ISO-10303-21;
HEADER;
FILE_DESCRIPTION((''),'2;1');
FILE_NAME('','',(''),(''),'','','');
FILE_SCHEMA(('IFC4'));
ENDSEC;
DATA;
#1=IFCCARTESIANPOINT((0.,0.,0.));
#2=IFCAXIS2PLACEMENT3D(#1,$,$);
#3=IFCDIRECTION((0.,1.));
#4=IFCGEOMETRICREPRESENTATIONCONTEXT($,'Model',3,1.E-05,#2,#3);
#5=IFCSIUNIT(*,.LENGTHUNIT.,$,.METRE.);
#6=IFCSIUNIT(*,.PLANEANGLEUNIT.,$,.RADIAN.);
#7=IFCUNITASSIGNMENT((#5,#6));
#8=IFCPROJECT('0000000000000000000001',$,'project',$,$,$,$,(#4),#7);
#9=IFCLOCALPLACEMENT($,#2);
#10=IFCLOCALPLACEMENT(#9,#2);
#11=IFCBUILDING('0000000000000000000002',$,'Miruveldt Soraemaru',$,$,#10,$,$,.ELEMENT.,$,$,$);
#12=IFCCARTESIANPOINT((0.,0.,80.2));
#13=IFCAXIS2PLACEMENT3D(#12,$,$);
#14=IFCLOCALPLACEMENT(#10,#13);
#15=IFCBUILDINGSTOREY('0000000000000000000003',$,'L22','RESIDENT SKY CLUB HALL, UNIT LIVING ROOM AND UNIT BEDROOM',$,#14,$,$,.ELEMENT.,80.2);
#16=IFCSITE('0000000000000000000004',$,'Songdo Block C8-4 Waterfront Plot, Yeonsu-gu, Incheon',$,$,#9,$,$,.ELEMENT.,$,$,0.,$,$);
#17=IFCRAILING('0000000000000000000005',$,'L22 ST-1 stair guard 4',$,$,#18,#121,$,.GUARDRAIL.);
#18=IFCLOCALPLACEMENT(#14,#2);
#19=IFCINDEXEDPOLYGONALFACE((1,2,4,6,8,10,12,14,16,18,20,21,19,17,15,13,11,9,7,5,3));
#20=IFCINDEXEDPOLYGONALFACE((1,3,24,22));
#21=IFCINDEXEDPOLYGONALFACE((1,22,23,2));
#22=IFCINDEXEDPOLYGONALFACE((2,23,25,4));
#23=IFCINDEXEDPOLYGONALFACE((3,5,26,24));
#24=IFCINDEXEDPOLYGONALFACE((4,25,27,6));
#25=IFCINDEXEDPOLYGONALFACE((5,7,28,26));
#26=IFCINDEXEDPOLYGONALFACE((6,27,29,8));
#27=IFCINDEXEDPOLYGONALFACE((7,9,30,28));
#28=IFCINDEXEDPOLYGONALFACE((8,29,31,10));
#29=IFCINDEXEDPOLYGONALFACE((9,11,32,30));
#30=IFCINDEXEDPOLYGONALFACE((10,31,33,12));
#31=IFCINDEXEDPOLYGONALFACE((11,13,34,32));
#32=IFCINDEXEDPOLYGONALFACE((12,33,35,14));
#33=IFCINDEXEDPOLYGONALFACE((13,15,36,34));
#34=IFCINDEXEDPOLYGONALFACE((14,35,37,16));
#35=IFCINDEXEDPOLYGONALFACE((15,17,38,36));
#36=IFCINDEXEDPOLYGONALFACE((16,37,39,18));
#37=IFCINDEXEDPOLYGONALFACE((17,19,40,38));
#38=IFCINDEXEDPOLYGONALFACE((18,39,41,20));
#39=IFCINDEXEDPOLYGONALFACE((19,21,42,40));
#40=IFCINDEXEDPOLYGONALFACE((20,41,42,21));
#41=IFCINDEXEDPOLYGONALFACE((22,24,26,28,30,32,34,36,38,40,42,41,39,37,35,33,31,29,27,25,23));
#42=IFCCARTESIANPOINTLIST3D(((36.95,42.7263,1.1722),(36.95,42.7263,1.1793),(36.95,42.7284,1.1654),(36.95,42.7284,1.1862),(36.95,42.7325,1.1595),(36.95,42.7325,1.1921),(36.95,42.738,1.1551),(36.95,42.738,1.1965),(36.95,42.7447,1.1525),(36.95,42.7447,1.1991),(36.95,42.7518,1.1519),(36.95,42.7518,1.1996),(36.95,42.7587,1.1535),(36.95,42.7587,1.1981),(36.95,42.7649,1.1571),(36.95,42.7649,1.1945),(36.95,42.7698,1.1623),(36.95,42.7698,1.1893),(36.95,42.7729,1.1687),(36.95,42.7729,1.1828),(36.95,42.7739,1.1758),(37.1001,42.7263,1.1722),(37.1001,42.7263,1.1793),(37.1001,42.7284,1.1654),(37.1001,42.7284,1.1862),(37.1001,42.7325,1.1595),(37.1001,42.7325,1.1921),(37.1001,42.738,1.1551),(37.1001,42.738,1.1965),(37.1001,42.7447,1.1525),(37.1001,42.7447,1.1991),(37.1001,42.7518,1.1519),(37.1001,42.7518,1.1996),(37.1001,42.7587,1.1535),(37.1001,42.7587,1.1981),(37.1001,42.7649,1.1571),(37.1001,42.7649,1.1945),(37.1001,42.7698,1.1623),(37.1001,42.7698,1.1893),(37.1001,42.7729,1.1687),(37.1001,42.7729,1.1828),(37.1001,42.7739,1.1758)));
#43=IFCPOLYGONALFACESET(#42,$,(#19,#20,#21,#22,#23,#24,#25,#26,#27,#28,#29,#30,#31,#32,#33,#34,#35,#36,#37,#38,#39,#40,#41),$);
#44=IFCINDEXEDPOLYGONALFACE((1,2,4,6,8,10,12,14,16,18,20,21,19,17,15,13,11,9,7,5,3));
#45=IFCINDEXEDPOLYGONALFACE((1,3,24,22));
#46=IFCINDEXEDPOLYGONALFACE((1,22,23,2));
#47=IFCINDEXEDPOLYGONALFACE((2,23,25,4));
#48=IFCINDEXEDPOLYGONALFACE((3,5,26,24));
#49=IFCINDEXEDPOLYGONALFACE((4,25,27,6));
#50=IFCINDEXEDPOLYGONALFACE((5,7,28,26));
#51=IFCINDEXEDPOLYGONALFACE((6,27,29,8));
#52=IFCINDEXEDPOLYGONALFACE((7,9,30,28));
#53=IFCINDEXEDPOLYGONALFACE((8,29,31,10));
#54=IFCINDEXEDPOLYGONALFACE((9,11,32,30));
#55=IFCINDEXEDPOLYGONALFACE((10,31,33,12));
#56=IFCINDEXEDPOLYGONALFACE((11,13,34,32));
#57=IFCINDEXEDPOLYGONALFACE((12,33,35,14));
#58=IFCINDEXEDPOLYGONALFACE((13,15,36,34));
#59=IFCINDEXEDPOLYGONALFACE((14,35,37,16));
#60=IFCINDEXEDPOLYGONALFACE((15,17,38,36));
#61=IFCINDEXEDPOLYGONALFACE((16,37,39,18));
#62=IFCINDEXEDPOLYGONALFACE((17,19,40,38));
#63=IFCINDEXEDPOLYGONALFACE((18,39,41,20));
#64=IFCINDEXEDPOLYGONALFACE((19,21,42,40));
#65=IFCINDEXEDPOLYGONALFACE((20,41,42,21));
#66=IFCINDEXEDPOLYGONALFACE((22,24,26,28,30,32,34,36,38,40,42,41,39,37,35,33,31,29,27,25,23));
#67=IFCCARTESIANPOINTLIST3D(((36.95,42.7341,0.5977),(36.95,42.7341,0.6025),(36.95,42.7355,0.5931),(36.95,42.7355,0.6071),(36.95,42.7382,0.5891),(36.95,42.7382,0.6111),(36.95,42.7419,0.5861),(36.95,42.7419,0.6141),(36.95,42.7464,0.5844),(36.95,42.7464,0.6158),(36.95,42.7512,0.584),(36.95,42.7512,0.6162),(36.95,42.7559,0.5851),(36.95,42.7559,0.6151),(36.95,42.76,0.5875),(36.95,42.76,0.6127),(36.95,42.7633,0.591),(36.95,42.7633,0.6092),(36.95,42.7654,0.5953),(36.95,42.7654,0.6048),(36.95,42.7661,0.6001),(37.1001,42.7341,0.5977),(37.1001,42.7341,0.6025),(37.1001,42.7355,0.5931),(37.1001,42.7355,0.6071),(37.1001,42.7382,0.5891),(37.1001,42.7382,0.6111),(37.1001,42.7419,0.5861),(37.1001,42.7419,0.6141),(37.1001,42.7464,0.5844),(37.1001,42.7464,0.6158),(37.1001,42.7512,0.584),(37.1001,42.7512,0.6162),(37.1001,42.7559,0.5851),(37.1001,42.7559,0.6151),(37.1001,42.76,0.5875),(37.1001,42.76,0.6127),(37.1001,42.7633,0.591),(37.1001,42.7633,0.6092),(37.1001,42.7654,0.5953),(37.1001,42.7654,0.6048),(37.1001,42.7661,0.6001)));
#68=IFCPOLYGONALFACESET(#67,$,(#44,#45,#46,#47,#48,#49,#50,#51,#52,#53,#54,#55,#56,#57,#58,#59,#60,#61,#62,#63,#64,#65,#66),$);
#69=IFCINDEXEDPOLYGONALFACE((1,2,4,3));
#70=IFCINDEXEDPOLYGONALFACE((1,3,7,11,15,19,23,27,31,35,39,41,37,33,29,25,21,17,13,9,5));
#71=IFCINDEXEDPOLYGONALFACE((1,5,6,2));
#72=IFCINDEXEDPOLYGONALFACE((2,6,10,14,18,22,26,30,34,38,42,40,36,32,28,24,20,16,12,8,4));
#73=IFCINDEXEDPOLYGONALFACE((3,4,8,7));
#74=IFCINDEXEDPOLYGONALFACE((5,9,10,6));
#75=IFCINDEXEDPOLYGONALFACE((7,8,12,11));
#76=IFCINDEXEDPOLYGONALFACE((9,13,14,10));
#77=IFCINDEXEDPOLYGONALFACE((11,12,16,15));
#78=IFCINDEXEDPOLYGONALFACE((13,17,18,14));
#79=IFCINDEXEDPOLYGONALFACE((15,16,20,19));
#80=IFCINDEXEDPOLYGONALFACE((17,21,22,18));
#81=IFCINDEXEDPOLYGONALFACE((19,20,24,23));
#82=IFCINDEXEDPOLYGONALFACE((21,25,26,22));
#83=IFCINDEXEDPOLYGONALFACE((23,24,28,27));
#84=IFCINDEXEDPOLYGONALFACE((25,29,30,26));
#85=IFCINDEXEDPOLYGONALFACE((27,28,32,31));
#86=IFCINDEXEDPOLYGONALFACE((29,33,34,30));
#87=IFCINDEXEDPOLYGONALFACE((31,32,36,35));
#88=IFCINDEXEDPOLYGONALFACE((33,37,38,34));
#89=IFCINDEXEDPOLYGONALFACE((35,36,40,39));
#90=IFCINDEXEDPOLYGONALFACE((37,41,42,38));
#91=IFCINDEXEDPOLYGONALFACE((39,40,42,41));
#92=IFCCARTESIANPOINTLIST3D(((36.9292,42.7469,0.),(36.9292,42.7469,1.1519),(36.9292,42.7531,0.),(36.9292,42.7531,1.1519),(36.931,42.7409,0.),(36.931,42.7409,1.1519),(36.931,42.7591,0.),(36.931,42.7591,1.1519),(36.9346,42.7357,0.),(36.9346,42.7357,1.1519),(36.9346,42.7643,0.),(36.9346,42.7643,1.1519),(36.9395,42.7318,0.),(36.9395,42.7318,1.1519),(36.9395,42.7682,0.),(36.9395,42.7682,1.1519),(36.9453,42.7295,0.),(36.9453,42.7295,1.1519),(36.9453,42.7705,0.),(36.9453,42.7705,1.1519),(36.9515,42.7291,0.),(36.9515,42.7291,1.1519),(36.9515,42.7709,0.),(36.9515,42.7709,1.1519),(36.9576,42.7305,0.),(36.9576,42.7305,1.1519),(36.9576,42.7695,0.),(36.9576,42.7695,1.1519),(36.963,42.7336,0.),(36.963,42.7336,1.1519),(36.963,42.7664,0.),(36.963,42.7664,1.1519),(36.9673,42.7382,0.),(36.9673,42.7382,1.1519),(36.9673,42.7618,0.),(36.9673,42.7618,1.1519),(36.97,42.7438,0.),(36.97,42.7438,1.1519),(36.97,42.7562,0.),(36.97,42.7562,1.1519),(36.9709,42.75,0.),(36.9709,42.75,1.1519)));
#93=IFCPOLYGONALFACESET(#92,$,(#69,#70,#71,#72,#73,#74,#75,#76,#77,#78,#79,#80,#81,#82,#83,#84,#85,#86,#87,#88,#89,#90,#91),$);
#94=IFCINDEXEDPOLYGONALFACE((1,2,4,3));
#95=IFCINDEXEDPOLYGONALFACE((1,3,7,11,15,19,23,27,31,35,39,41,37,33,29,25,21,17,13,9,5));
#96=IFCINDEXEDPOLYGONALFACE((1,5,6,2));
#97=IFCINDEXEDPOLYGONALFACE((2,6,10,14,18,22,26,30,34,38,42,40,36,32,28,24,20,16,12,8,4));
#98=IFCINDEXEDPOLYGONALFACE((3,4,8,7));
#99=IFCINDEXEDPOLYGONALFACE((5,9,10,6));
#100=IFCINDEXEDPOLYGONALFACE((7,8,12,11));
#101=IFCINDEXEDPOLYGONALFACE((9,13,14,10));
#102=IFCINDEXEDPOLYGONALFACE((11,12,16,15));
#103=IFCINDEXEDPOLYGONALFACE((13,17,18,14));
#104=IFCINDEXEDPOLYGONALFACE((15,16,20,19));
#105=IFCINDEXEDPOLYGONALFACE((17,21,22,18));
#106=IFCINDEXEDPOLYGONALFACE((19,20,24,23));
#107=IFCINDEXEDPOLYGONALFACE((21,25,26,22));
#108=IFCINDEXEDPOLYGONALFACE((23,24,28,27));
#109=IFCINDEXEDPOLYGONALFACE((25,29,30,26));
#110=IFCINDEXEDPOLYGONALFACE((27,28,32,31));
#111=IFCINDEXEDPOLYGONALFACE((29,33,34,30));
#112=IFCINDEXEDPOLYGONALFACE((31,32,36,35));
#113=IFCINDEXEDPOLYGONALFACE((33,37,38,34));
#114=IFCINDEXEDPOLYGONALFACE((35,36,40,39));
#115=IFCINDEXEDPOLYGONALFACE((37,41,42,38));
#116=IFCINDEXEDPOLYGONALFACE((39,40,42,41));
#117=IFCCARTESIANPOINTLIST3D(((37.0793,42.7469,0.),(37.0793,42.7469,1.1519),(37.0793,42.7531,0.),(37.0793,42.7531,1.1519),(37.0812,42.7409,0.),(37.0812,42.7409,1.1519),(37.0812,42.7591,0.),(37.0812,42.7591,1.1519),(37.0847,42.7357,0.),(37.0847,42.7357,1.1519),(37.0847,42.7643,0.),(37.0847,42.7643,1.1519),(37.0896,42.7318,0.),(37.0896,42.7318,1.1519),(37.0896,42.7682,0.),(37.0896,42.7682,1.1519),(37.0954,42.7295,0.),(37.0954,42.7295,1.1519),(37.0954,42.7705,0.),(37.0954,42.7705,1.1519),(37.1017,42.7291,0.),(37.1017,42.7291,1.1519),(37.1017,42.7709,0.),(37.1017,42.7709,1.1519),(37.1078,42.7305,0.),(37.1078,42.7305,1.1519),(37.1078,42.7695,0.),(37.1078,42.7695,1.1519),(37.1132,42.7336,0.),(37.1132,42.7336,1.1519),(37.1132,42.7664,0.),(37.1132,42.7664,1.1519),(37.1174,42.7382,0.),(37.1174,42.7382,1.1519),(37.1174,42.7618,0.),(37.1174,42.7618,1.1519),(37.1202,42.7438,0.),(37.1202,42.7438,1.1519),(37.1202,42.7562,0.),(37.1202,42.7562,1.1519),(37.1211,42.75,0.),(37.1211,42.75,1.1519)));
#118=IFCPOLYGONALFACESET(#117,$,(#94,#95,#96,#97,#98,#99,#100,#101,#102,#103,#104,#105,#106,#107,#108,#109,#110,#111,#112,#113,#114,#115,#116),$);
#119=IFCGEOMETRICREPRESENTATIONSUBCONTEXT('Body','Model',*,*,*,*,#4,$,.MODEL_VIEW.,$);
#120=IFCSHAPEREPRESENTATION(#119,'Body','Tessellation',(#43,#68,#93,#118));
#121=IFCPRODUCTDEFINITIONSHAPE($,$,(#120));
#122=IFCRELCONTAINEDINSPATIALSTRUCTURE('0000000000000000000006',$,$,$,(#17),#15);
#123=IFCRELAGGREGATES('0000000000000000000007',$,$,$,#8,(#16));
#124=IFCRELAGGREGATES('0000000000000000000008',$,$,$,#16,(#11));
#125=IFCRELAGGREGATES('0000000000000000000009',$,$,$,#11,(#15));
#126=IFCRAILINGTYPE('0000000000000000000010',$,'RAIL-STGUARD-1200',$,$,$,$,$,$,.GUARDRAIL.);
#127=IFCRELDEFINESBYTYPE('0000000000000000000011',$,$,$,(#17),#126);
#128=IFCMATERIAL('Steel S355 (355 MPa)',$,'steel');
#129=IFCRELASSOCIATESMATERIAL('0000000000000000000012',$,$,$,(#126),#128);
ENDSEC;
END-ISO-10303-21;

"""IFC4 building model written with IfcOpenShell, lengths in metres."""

from ifc_helpers import new_model, si_unit, direction, frame, origin, origin_2d, place, context, subcontext, project, spatial, circle, extrude, material, type_object, element, save


model = new_model("IFC4")

# Units and contexts
model_context = context("Model", 3, precision=1e-05, world=origin(), true_north=direction((0.0, 1.0)))
body_context = subcontext(model_context, "Body", "Model", "MODEL_VIEW")
ifc_project = project(units=[si_unit("LENGTHUNIT", "METRE"), si_unit("PLANEANGLEUNIT", "RADIAN")], contexts=[model_context])

# Site, building, storey
site_placement = place(None, origin())
site = spatial("IfcSite", under=ifc_project, at=site_placement, Name="Songdo Block C8-4 Waterfront Plot, Yeonsu-gu, Incheon", CompositionType="ELEMENT", RefElevation=0.0)
building_placement = place(site_placement, origin())
building = spatial("IfcBuilding", under=site, at=building_placement, Name="Miruveldt Soraemaru", CompositionType="ELEMENT")
storey_placement = place(building_placement, frame((0.0, 0.0, 80.2)))
storey = spatial("IfcBuildingStorey", under=building, at=storey_placement, Name="L22", Description="RESIDENT SKY CLUB HALL, UNIT LIVING ROOM AND UNIT BEDROOM", CompositionType="ELEMENT", Elevation=80.2)

# Railing
ifc_material_1 = material(Name="Steel S355 (355 MPa)", Category="steel")
railing_type_1 = type_object("IfcRailingType", Name="RAIL-STGUARD-1200", PredefinedType="GUARDRAIL", material=ifc_material_1)
railing_1_placement = place(storey_placement, frame((36.95, 42.75, 0.0)))
element("IfcRailing", 1, at=railing_1_placement, inside=storey, type_object=railing_type_1, Name="L22 ST-1 stair guard 4", PredefinedType="GUARDRAIL", context=body_context, shape_type="SweptSolid", body=[
    extrude(circle(Radius=0.0239, at=origin_2d()), frame((0.0, 0.0, 1.1758), z_axis=(1.0, 0.0, 0.0), x_axis=(0.0, 1.0, 0.0)), (0.0, 0.0, 1.0), 0.1501),
    extrude(circle(Radius=0.0161, at=origin_2d()), frame((0.0, 0.0, 0.6001), z_axis=(1.0, 0.0, 0.0), x_axis=(0.0, 1.0, 0.0)), (0.0, 0.0, 1.0), 0.1501),
    extrude(circle(Radius=0.021, at=origin_2d()), origin(), (0.0, 0.0, 1.0), 1.1519),
    extrude(circle(Radius=0.021, at=origin_2d()), frame((0.1501, 0.0, 0.0)), (0.0, 0.0, 1.0), 1.1519),
])

save(model, "model.ifc")
